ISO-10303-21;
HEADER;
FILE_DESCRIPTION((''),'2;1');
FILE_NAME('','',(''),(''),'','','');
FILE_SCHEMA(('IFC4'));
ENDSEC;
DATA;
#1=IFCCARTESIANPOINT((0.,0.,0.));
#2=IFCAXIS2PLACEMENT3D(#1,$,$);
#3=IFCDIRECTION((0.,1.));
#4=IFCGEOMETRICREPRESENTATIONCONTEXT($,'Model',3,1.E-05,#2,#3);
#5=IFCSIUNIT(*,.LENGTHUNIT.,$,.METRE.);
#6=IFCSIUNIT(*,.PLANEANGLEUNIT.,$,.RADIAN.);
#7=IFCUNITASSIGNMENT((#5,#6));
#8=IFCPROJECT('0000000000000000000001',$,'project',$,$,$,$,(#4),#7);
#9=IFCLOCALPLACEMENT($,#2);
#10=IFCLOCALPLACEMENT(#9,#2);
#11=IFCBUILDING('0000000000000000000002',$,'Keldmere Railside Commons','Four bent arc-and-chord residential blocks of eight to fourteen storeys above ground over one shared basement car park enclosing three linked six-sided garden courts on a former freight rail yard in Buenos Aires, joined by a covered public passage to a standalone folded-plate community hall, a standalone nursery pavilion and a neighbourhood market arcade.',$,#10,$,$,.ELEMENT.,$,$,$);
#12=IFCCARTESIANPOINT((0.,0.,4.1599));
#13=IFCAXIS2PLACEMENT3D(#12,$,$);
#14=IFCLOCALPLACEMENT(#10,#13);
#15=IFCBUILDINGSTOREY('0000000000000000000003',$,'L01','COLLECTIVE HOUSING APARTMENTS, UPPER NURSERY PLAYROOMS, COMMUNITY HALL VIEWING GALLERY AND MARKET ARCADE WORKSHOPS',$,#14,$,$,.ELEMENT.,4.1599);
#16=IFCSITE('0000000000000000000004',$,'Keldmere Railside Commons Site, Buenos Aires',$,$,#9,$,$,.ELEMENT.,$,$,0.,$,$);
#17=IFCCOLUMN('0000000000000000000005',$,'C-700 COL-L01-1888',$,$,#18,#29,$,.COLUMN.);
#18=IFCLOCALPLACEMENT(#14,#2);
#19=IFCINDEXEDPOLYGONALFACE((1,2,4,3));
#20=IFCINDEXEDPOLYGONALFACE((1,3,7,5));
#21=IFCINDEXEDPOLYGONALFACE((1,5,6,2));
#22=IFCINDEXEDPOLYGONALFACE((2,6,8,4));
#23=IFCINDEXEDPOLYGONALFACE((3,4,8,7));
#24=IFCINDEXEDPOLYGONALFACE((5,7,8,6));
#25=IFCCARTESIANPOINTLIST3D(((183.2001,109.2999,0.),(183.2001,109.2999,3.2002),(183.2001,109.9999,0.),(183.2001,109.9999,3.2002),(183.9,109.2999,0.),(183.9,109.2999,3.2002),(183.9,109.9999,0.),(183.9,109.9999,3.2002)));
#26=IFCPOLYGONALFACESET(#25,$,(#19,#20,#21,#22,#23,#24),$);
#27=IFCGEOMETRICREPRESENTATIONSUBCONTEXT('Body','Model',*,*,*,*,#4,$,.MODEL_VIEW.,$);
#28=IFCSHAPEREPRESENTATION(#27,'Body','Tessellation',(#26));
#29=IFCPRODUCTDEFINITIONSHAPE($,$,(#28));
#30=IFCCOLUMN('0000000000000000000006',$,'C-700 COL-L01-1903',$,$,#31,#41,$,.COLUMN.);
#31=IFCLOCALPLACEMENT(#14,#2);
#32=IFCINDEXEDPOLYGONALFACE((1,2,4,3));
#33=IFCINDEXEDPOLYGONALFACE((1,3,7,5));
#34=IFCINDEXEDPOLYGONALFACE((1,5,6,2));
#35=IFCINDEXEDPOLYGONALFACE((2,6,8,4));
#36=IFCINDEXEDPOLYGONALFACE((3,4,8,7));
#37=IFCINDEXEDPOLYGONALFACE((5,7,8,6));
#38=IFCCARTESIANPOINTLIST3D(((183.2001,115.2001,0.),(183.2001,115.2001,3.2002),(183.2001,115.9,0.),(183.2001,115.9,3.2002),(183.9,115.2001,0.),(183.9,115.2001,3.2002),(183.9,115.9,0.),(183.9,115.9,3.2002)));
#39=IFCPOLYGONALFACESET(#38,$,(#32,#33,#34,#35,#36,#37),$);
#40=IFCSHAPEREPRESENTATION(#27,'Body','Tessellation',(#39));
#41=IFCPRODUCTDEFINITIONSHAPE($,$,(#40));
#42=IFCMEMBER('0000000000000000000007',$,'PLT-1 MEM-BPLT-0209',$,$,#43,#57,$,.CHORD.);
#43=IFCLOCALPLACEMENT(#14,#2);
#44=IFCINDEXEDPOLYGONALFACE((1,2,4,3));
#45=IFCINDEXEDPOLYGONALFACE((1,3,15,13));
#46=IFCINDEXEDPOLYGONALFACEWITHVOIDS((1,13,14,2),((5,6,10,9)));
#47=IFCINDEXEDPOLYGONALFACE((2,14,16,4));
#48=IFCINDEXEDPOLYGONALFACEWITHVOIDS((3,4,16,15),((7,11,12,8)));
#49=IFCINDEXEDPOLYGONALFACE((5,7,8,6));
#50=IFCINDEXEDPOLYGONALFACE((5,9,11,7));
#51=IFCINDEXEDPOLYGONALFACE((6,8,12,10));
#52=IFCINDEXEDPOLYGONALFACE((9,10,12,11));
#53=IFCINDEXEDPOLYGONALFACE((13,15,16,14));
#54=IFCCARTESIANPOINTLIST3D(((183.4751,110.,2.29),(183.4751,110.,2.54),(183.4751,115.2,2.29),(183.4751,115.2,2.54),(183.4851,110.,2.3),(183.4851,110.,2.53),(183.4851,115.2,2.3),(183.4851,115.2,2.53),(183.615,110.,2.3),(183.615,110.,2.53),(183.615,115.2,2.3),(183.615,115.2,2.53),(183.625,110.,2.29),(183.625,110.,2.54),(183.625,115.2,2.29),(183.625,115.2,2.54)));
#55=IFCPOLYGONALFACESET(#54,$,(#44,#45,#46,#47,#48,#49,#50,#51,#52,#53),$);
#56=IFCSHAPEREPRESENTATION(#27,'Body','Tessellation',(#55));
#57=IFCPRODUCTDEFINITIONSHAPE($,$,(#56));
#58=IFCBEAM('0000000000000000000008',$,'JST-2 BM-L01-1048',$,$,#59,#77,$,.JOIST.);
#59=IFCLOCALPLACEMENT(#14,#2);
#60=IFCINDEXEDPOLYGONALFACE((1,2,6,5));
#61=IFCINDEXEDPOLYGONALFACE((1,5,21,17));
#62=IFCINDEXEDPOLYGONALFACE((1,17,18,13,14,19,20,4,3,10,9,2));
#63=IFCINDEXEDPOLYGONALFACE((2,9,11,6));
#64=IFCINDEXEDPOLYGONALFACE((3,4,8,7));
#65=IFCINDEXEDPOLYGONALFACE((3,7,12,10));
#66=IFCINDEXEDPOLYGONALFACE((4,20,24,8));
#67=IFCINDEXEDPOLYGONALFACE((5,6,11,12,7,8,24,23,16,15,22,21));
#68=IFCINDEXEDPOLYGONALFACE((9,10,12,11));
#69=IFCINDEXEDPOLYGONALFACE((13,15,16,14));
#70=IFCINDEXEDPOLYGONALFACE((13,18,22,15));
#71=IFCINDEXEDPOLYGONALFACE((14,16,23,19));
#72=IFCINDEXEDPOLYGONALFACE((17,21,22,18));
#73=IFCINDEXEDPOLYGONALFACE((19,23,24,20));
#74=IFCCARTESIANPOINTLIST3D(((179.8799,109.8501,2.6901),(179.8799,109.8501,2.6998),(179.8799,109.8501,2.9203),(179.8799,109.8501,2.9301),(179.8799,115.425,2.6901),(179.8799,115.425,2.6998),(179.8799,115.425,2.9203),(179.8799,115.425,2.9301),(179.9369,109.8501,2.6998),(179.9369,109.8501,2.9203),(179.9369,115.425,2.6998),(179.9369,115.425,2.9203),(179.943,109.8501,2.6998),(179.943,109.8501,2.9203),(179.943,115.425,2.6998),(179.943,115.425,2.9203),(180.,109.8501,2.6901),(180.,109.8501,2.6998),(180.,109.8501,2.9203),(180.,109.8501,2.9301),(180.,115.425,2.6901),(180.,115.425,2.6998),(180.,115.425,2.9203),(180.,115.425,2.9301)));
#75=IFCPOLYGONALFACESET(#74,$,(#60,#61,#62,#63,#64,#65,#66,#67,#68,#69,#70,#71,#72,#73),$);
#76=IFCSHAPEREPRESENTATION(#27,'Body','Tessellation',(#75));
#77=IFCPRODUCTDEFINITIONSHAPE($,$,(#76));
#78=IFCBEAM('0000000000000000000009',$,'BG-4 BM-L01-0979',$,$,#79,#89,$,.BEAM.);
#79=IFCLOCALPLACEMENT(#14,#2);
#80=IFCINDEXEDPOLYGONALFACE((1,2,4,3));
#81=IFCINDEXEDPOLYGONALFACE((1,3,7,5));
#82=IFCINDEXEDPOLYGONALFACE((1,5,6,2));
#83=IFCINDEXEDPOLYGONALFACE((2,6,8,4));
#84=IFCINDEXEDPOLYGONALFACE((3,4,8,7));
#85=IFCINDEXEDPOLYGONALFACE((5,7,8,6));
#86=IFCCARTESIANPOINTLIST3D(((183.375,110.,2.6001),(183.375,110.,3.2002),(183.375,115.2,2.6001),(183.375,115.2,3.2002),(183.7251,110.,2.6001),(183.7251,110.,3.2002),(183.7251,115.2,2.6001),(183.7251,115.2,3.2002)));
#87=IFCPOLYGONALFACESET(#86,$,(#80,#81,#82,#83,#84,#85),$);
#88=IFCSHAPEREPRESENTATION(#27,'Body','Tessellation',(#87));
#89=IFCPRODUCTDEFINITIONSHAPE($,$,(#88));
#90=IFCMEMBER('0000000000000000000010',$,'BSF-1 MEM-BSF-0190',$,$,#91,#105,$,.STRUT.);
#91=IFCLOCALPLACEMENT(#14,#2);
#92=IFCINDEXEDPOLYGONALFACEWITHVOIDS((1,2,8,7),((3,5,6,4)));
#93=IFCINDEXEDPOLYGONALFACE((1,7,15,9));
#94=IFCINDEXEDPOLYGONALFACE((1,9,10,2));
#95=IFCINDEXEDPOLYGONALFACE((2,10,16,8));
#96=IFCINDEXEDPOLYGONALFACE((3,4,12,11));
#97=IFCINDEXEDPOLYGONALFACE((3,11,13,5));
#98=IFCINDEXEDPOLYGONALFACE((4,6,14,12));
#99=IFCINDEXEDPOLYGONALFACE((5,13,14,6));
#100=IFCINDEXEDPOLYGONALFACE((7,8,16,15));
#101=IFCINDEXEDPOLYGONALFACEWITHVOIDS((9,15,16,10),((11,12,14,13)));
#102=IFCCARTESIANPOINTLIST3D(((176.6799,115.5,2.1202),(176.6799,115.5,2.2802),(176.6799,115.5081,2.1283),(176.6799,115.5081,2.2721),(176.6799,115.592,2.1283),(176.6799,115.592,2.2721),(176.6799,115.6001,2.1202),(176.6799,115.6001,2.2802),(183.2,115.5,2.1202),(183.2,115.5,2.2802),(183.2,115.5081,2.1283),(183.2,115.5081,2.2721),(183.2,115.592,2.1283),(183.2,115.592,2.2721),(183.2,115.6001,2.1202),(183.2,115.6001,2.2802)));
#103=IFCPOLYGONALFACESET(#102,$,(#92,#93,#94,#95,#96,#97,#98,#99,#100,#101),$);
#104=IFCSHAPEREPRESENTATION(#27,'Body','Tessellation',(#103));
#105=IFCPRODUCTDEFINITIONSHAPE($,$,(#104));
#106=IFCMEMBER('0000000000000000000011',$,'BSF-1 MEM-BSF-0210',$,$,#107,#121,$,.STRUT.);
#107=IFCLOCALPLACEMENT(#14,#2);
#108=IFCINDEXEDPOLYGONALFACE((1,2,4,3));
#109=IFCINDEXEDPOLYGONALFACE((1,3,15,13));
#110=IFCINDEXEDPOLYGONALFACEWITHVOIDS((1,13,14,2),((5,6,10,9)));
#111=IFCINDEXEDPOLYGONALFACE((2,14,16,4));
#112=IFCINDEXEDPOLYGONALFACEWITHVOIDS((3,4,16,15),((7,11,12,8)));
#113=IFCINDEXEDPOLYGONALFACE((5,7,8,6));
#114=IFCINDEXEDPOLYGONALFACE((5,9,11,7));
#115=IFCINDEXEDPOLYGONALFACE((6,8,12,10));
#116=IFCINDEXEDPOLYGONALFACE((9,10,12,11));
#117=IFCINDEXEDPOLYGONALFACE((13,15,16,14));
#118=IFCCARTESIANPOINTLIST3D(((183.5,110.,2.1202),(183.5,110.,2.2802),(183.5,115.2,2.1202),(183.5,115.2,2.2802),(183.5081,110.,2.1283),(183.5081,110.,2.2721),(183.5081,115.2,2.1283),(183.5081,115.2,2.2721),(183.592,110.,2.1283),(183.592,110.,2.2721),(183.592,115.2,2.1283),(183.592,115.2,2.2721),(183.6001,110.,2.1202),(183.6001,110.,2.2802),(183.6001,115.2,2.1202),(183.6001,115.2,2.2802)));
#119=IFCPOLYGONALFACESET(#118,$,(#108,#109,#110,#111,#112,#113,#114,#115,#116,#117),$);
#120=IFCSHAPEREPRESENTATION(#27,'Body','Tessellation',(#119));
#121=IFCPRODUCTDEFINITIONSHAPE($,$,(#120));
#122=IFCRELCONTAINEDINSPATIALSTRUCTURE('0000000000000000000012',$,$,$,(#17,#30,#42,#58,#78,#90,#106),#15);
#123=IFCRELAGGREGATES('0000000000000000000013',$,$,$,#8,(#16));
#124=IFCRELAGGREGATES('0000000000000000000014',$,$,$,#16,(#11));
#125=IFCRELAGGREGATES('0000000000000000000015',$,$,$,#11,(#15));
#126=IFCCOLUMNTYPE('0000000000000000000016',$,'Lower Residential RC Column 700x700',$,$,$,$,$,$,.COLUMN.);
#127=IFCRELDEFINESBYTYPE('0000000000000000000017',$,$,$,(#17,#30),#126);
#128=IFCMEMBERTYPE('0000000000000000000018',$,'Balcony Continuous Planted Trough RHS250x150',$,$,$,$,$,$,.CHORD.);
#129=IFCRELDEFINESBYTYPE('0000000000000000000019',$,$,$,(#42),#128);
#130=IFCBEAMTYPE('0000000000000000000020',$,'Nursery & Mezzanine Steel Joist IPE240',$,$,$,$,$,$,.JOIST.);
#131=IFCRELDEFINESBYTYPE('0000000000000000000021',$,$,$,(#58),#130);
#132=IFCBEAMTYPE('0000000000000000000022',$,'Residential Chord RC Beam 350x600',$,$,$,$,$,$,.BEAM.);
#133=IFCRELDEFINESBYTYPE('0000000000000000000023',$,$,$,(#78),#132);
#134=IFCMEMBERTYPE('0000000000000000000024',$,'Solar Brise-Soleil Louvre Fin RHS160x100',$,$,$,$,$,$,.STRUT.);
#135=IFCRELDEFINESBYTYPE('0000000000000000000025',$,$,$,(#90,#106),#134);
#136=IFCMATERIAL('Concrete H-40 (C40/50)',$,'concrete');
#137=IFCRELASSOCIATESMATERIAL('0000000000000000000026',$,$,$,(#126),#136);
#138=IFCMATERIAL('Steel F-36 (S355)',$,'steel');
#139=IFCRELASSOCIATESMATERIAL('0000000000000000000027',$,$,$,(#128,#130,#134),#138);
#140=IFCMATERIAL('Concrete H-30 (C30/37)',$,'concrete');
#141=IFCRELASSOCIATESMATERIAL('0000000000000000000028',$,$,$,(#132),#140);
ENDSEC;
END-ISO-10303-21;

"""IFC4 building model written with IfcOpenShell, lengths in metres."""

from ifc_helpers import new_model, si_unit, direction, frame, origin, origin_2d, place, context, subcontext, project, spatial, rectangle, hollow_rectangle, i_section, extrude, material, material_profile, profile_set, type_object, element, save


model = new_model("IFC4")

# Units and contexts
model_context = context("Model", 3, precision=1e-05, world=origin(), true_north=direction((0.0, 1.0)))
body_context = subcontext(model_context, "Body", "Model", "MODEL_VIEW")
ifc_project = project(units=[si_unit("LENGTHUNIT", "METRE"), si_unit("PLANEANGLEUNIT", "RADIAN")], contexts=[model_context])

# Site, building, storey
site_placement = place(None, origin())
site = spatial("IfcSite", under=ifc_project, at=site_placement, Name="Keldmere Railside Commons Site, Buenos Aires", CompositionType="ELEMENT", RefElevation=0.0)
building_placement = place(site_placement, origin())
building = spatial("IfcBuilding", under=site, at=building_placement, Name="Keldmere Railside Commons", Description="Four bent arc-and-chord residential blocks of eight to fourteen storeys above ground over one shared basement car park enclosing three linked six-sided garden courts on a former freight rail yard in Buenos Aires, joined by a covered public passage to a standalone folded-plate community hall, a standalone nursery pavilion and a neighbourhood market arcade.", CompositionType="ELEMENT")
storey_placement = place(building_placement, frame((0.0, 0.0, 4.1599)))
storey = spatial("IfcBuildingStorey", under=building, at=storey_placement, Name="L01", Description="COLLECTIVE HOUSING APARTMENTS, UPPER NURSERY PLAYROOMS, COMMUNITY HALL VIEWING GALLERY AND MARKET ARCADE WORKSHOPS", CompositionType="ELEMENT", Elevation=4.1599)

# Columns
ifc_material_1 = material(Name="Concrete H-40 (C40/50)", Category="concrete")
ifc_material_profile_1 = material_profile(ifc_material_1, rectangle(XDim=0.7, YDim=0.7, at=origin_2d()), Name="RC-700x700")
ifc_profile_set_1 = profile_set([ifc_material_profile_1], Name="Concrete H-40 (C40/50)")
column_type = type_object("IfcColumnType", Name="Lower Residential RC Column 700x700", PredefinedType="COLUMN", material=ifc_profile_set_1)
for number, where, z_axis, x_axis, name in (
    (1, (183.55, 109.6499, 0.0), (0.0, 0.0, 1.0), (1.0, 0.0, 0.0), "C-700 COL-L01-1888"),
    (2, (183.55, 115.55, 0.0), (0.0, 0.0, 1.0), (1.0, 0.0, 0.0), "C-700 COL-L01-1903"),
):
    element("IfcColumn", number, at=place(storey_placement, frame(where, z_axis=z_axis, x_axis=x_axis)), inside=storey, type_object=column_type, Name=name, PredefinedType="COLUMN", context=body_context, shape_type="SweptSolid", body=[
        extrude(rectangle(XDim=0.7, YDim=0.7, at=origin_2d()), origin(), (0.0, 0.0, 1.0), 3.2002),
    ])

# Member
ifc_material_2 = material(Name="Steel F-36 (S355)", Category="steel")
ifc_material_profile_2 = material_profile(ifc_material_2, hollow_rectangle(XDim=0.1499, YDim=0.25, WallThickness=0.01, at=origin_2d()), Name="RHS-250x150x10")
ifc_profile_set_2 = profile_set([ifc_material_profile_2], Name="Steel F-36 (S355)")
member_type_1 = type_object("IfcMemberType", Name="Balcony Continuous Planted Trough RHS250x150", PredefinedType="CHORD", material=ifc_profile_set_2)
member_1_placement = place(storey_placement, frame((183.55, 110.0, 2.415), z_axis=(0.0, 1.0, 0.0), x_axis=(-1.0, 0.0, 0.0)))
element("IfcMember", 3, at=member_1_placement, inside=storey, type_object=member_type_1, Name="PLT-1 MEM-BPLT-0209", PredefinedType="CHORD", context=body_context, shape_type="SweptSolid", body=[
    extrude(hollow_rectangle(XDim=0.1499, YDim=0.25, WallThickness=0.01, at=origin_2d()), origin(), (0.0, 0.0, 1.0), 5.2),
])

# Beams
ifc_material_profile_3 = material_profile(ifc_material_2, i_section(OverallWidth=0.1201, OverallDepth=0.24, WebThickness=0.0061, FlangeThickness=0.0098, at=origin_2d()), Name="IPE-240")
ifc_profile_set_3 = profile_set([ifc_material_profile_3], Name="Steel F-36 (S355)")
beam_type_1 = type_object("IfcBeamType", Name="Nursery & Mezzanine Steel Joist IPE240", PredefinedType="JOIST", material=ifc_profile_set_3)
beam_1_placement = place(storey_placement, frame((179.9399, 109.8501, 2.8101), z_axis=(0.0, 1.0, 0.0), x_axis=(-1.0, 0.0, 0.0)))
element("IfcBeam", 4, at=beam_1_placement, inside=storey, type_object=beam_type_1, Name="JST-2 BM-L01-1048", PredefinedType="JOIST", context=body_context, shape_type="SweptSolid", body=[
    extrude(i_section(OverallWidth=0.1201, OverallDepth=0.24, WebThickness=0.0061, FlangeThickness=0.0098, at=origin_2d()), origin(), (0.0, 0.0, 1.0), 5.575),
])
ifc_material_3 = material(Name="Concrete H-30 (C30/37)", Category="concrete")
ifc_material_profile_4 = material_profile(ifc_material_3, rectangle(XDim=0.3501, YDim=0.6001, at=origin_2d()), Name="RC-350x600")
ifc_profile_set_4 = profile_set([ifc_material_profile_4], Name="Concrete H-30 (C30/37)")
beam_type_2 = type_object("IfcBeamType", Name="Residential Chord RC Beam 350x600", PredefinedType="BEAM", material=ifc_profile_set_4)
beam_2_placement = place(storey_placement, frame((183.55, 110.0, 2.9001), z_axis=(0.0, 1.0, 0.0), x_axis=(-1.0, 0.0, 0.0)))
element("IfcBeam", 5, at=beam_2_placement, inside=storey, type_object=beam_type_2, Name="BG-4 BM-L01-0979", PredefinedType="BEAM", context=body_context, shape_type="SweptSolid", body=[
    extrude(rectangle(XDim=0.3501, YDim=0.6001, at=origin_2d()), origin(), (0.0, 0.0, 1.0), 5.2),
])

# Members
ifc_material_profile_5 = material_profile(ifc_material_2, hollow_rectangle(XDim=0.1001, YDim=0.1599, WallThickness=0.0081, at=origin_2d()), Name="RHS-160x100x8")
ifc_profile_set_5 = profile_set([ifc_material_profile_5], Name="Steel F-36 (S355)")
member_type_2 = type_object("IfcMemberType", Name="Solar Brise-Soleil Louvre Fin RHS160x100", PredefinedType="STRUT", material=ifc_profile_set_5)
member_2_placement = place(storey_placement, frame((176.6799, 115.55, 2.2002), z_axis=(1.0, 0.0, 0.0), x_axis=(0.0, 1.0, 0.0)))
element("IfcMember", 6, at=member_2_placement, inside=storey, type_object=member_type_2, Name="BSF-1 MEM-BSF-0190", PredefinedType="STRUT", context=body_context, shape_type="SweptSolid", body=[
    extrude(hollow_rectangle(XDim=0.1001, YDim=0.1599, WallThickness=0.0081, at=origin_2d()), origin(), (0.0, 0.0, 1.0), 6.52),
])
member_3_placement = place(storey_placement, frame((183.55, 110.0, 2.2002), z_axis=(0.0, 1.0, 0.0), x_axis=(-1.0, 0.0, 0.0)))
element("IfcMember", 7, at=member_3_placement, inside=storey, type_object=member_type_2, Name="BSF-1 MEM-BSF-0210", PredefinedType="STRUT", context=body_context, shape_type="SweptSolid", body=[
    extrude(hollow_rectangle(XDim=0.1001, YDim=0.1599, WallThickness=0.0081, at=origin_2d()), origin(), (0.0, 0.0, 1.0), 5.2),
])

save(model, "model.ifc")
